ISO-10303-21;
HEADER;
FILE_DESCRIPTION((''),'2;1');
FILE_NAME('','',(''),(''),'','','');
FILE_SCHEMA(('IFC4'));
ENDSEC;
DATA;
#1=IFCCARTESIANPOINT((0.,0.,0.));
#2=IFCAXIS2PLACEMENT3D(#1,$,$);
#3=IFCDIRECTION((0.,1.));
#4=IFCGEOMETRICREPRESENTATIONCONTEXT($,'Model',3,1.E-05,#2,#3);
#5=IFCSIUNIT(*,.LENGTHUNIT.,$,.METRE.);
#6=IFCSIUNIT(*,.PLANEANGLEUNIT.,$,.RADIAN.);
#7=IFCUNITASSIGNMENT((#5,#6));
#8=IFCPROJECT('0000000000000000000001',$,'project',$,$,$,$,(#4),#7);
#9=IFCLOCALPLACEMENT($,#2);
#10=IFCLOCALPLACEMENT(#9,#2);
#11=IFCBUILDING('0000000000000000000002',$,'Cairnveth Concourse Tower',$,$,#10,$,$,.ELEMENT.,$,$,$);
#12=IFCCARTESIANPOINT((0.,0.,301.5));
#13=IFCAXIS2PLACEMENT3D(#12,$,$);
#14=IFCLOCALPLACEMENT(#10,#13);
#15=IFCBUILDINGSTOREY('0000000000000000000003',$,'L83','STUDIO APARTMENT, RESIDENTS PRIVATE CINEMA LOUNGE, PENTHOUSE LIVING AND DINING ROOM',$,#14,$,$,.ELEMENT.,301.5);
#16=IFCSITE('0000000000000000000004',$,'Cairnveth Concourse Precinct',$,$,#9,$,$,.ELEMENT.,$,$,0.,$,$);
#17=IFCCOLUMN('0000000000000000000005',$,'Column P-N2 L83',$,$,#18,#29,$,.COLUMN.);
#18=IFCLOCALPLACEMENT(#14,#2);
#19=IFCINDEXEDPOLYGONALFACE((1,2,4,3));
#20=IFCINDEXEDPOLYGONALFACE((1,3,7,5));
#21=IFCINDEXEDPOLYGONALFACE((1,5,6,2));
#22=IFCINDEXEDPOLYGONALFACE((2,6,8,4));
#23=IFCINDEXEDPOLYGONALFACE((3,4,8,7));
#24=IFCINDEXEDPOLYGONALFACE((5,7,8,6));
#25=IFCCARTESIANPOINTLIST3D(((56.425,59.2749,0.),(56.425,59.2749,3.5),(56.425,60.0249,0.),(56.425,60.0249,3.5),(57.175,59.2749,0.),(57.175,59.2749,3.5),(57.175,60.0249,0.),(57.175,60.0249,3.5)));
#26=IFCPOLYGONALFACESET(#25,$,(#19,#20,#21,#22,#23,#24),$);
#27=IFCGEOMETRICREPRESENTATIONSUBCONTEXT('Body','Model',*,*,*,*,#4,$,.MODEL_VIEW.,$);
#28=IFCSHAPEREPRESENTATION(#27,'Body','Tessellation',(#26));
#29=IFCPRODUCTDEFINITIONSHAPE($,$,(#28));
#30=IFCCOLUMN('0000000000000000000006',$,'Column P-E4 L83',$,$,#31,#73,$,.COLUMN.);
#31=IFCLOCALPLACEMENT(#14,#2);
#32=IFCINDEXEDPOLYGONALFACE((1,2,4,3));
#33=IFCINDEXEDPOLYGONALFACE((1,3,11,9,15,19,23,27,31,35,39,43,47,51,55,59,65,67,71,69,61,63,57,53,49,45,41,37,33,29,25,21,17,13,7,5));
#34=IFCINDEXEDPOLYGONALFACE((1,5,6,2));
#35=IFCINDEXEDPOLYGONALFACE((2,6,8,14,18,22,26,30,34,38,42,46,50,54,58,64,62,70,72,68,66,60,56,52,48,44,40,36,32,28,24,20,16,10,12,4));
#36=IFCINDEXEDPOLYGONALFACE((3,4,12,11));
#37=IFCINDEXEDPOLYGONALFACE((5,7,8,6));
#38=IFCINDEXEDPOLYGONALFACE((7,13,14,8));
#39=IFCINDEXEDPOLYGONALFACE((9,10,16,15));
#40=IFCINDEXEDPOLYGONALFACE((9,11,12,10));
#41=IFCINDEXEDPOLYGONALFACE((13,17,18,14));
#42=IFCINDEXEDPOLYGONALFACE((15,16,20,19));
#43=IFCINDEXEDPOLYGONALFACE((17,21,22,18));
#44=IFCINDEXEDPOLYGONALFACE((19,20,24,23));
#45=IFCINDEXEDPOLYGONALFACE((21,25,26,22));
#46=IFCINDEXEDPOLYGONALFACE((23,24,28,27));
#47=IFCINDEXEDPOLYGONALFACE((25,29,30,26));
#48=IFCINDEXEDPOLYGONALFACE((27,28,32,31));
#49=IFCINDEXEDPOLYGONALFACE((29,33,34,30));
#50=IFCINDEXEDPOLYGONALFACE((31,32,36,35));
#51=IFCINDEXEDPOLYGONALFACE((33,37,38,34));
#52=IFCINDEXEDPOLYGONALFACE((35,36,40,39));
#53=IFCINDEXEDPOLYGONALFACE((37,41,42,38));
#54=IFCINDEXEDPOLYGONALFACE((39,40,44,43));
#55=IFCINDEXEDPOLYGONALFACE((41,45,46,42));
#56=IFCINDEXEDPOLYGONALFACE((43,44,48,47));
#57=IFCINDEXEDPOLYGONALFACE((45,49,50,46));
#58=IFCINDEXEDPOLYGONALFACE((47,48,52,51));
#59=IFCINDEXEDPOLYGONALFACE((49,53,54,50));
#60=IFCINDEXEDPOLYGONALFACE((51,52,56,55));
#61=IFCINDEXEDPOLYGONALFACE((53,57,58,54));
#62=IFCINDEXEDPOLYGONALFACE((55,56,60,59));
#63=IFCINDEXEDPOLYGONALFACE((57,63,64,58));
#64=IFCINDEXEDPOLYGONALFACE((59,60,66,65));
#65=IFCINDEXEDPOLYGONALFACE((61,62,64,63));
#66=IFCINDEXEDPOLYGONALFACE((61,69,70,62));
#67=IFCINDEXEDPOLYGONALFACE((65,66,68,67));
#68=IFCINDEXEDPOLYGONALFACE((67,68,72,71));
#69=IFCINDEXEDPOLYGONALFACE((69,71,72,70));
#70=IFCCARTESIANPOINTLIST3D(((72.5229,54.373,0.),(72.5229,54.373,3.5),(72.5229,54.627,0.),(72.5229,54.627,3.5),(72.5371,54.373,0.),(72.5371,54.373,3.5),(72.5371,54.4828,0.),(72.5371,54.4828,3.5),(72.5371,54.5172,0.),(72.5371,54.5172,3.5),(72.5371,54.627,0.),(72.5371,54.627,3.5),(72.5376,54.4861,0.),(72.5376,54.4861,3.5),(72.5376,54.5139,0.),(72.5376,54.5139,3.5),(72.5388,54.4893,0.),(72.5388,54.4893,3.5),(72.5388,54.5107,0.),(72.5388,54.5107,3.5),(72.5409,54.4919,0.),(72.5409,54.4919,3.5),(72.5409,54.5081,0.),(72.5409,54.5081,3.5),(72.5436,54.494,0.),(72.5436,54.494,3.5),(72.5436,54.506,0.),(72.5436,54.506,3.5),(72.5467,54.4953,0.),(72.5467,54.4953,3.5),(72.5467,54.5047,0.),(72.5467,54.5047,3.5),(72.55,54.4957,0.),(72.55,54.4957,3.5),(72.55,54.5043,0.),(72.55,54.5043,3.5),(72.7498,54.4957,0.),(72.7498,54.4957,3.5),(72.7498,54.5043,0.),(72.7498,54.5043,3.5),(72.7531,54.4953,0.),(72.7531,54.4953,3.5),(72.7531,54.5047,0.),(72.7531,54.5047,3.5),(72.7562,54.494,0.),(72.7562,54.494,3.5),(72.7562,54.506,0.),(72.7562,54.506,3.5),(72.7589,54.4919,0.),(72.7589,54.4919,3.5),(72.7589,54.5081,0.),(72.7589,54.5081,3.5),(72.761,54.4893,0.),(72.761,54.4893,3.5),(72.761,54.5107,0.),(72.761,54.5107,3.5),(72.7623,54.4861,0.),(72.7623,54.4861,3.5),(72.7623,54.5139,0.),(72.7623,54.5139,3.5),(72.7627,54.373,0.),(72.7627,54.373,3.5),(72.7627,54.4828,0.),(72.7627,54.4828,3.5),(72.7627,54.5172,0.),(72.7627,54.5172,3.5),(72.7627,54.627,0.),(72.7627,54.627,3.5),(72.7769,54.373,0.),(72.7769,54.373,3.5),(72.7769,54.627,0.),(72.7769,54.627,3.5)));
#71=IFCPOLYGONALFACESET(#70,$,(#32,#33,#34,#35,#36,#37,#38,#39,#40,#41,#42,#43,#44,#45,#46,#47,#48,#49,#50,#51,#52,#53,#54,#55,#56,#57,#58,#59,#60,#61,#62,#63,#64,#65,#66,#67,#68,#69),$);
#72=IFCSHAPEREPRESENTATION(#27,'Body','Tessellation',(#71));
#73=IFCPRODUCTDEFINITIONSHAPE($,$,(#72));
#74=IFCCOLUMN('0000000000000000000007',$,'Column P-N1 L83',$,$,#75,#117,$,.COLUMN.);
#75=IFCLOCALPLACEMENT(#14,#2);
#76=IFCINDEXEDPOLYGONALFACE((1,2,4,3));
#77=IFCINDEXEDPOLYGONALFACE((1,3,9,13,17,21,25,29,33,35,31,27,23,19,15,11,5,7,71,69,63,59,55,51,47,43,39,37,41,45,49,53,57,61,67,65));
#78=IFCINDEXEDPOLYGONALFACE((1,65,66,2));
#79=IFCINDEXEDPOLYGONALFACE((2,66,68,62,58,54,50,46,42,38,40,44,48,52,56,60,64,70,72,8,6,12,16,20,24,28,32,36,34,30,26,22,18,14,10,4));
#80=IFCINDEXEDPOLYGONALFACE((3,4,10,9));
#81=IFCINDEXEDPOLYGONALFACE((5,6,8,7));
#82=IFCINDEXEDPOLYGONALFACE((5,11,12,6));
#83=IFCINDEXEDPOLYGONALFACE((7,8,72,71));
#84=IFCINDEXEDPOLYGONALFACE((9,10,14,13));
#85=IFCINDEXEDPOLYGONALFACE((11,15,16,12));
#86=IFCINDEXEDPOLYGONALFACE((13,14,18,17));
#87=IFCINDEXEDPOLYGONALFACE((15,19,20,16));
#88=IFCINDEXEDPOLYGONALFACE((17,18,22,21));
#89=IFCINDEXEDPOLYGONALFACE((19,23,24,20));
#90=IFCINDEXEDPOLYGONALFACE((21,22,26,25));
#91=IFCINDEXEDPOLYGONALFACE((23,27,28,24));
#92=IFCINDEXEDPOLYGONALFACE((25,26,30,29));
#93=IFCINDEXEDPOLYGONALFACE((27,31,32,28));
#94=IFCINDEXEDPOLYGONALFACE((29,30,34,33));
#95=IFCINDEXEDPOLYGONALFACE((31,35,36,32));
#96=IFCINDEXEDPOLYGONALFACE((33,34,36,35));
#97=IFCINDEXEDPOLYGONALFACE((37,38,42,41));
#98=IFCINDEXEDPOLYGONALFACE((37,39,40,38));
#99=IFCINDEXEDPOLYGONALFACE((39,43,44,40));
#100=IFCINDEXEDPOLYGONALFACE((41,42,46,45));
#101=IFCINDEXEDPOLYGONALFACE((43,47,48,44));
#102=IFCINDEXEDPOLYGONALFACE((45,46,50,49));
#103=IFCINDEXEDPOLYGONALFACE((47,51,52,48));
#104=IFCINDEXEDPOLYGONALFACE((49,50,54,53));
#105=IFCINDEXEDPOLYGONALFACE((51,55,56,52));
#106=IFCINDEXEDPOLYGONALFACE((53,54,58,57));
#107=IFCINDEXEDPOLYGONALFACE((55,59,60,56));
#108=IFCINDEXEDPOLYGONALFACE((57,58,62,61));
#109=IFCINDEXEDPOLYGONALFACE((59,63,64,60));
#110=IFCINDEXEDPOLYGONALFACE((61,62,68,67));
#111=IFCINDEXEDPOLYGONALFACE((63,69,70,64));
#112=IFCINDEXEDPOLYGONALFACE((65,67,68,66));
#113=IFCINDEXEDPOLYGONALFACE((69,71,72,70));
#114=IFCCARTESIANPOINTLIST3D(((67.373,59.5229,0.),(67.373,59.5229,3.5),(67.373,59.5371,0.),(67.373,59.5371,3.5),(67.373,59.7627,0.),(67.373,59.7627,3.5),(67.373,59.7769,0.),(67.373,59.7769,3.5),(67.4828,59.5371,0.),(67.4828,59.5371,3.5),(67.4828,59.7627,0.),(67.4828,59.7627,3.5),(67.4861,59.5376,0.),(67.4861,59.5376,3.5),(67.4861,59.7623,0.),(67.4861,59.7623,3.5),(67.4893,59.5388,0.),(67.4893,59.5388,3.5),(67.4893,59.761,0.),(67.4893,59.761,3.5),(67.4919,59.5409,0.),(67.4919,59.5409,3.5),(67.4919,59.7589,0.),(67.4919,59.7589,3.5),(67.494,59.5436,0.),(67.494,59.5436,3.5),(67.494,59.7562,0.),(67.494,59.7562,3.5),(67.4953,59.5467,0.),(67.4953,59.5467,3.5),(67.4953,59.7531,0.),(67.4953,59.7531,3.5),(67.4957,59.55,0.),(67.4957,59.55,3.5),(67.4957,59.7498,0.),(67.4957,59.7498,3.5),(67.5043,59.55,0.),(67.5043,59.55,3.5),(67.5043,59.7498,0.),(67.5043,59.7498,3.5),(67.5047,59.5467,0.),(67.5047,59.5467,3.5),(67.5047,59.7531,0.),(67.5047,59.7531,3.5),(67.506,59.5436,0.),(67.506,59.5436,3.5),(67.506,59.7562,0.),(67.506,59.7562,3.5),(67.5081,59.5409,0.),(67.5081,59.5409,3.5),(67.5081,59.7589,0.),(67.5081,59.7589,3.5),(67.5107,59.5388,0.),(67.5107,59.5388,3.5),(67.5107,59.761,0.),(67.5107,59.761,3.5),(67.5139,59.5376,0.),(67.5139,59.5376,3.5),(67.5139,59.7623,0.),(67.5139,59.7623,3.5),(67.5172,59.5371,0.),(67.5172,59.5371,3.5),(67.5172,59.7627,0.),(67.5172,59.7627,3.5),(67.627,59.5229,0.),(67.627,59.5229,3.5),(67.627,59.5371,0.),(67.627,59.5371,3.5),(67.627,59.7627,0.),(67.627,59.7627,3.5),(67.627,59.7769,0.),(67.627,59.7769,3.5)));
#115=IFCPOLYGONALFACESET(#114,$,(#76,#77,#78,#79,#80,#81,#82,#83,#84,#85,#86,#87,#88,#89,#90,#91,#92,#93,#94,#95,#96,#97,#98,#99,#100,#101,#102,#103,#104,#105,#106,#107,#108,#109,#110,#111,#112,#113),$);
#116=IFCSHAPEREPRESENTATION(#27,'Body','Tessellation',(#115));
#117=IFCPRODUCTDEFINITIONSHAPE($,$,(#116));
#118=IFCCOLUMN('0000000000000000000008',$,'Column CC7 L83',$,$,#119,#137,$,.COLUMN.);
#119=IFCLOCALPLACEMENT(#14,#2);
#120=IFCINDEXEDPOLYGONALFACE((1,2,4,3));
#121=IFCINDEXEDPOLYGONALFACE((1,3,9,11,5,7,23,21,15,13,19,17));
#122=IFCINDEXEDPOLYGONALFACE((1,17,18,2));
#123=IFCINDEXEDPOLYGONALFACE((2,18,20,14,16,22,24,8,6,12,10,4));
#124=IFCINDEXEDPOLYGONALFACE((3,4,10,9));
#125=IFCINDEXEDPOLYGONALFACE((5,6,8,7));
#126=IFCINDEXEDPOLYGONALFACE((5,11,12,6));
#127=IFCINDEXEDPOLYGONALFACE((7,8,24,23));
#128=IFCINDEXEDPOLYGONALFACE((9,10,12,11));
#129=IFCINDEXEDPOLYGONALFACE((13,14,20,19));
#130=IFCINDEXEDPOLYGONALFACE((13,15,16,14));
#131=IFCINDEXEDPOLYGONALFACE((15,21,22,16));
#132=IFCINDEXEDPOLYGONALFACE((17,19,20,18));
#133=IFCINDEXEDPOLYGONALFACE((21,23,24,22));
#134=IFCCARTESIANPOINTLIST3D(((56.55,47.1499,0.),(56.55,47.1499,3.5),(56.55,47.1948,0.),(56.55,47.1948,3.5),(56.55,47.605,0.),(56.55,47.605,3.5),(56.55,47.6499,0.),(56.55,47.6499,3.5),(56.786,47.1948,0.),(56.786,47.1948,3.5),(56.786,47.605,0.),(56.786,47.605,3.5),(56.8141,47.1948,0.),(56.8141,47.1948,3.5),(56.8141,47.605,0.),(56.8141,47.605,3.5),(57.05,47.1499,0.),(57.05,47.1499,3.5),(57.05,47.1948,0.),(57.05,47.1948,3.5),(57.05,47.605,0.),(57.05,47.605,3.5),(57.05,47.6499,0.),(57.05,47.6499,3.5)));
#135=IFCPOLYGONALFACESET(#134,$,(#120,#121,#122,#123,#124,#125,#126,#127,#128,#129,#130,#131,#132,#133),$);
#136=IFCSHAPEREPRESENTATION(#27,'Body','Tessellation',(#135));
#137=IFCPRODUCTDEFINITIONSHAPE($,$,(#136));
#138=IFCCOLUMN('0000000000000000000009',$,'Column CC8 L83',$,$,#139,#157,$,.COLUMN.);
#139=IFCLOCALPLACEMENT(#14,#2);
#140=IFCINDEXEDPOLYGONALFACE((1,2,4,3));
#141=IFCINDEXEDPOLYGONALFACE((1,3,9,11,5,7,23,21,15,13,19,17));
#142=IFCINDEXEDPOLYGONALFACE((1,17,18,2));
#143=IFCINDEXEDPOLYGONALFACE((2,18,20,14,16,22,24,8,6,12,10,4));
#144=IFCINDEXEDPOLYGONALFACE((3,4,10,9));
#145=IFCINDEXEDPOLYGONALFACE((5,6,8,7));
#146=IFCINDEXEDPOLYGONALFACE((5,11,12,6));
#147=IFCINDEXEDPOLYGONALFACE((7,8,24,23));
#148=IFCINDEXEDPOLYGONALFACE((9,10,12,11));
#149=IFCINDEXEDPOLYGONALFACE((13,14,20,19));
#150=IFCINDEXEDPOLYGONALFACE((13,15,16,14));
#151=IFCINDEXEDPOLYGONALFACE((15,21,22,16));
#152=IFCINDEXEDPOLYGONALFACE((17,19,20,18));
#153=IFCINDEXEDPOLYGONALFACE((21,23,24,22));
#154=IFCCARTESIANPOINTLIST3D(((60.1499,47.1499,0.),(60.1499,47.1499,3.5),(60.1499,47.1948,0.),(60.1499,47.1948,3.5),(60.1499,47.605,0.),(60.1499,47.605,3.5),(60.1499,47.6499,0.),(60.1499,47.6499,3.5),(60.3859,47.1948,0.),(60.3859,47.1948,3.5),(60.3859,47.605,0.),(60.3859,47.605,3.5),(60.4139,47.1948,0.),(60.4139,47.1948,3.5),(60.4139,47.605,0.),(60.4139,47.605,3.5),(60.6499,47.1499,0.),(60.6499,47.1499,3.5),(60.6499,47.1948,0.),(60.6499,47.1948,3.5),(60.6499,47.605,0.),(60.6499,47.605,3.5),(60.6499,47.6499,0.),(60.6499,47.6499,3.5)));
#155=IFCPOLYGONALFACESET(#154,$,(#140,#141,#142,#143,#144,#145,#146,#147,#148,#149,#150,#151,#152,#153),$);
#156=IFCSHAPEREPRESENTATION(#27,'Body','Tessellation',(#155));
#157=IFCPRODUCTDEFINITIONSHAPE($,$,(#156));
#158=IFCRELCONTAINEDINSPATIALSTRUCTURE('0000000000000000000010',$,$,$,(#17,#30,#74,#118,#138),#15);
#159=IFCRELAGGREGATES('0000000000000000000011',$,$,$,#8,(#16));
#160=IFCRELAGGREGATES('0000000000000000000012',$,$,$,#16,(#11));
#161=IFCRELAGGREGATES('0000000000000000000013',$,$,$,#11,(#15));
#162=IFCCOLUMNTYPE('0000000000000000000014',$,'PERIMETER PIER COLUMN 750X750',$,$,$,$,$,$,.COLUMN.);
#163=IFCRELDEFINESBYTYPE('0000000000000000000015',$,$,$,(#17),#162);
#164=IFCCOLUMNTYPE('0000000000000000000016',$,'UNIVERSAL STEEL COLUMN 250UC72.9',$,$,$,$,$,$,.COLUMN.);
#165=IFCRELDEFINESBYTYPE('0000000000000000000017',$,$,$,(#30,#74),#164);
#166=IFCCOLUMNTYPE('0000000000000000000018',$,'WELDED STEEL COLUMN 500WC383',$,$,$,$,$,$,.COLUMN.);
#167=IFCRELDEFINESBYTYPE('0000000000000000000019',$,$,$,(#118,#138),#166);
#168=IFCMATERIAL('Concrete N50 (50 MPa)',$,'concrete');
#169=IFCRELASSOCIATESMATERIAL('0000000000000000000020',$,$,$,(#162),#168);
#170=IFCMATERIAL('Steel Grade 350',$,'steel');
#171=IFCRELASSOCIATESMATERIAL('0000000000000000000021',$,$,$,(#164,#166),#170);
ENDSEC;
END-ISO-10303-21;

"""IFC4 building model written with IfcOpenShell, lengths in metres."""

from ifc_helpers import new_model, si_unit, direction, frame, origin, origin_2d, place, context, subcontext, project, spatial, rectangle, i_section, extrude, material, material_profile, profile_set, type_object, element, save


model = new_model("IFC4")

# Units and contexts
model_context = context("Model", 3, precision=1e-05, world=origin(), true_north=direction((0.0, 1.0)))
body_context = subcontext(model_context, "Body", "Model", "MODEL_VIEW")
ifc_project = project(units=[si_unit("LENGTHUNIT", "METRE"), si_unit("PLANEANGLEUNIT", "RADIAN")], contexts=[model_context])

# Site, building, storey
site_placement = place(None, origin())
site = spatial("IfcSite", under=ifc_project, at=site_placement, Name="Cairnveth Concourse Precinct", CompositionType="ELEMENT", RefElevation=0.0)
building_placement = place(site_placement, origin())
building = spatial("IfcBuilding", under=site, at=building_placement, Name="Cairnveth Concourse Tower", CompositionType="ELEMENT")
storey_placement = place(building_placement, frame((0.0, 0.0, 301.5)))
storey = spatial("IfcBuildingStorey", under=building, at=storey_placement, Name="L83", Description="STUDIO APARTMENT, RESIDENTS PRIVATE CINEMA LOUNGE, PENTHOUSE LIVING AND DINING ROOM", CompositionType="ELEMENT", Elevation=301.5)

# Columns
ifc_material_1 = material(Name="Concrete N50 (50 MPa)", Category="concrete")
ifc_material_profile_1 = material_profile(ifc_material_1, rectangle(XDim=0.75, YDim=0.75, at=origin_2d()), Name="RC-COL-750x750")
ifc_profile_set_1 = profile_set([ifc_material_profile_1], Name="Concrete N50 (50 MPa)")
column_type_1 = type_object("IfcColumnType", Name="PERIMETER PIER COLUMN 750X750", PredefinedType="COLUMN", material=ifc_profile_set_1)
column_placement = place(storey_placement, frame((56.8, 59.6499, 0.0), z_axis=(0.0, 0.0, 1.0), x_axis=(1.0, 0.0, 0.0)))
element("IfcColumn", 1, at=column_placement, inside=storey, type_object=column_type_1, Name="Column P-N2 L83", PredefinedType="COLUMN", context=body_context, shape_type="SweptSolid", body=[
    extrude(rectangle(XDim=0.75, YDim=0.75, at=origin_2d()), origin(), (0.0, 0.0, 1.0), 3.5),
])
ifc_material_2 = material(Name="Steel Grade 350", Category="steel")
ifc_material_profile_2 = material_profile(ifc_material_2, i_section(OverallWidth=0.2539, OverallDepth=0.2539, WebThickness=0.0085, FlangeThickness=0.0142, FilletRadius=0.0129, at=origin_2d()), Name="250UC72.9")
ifc_profile_set_2 = profile_set([ifc_material_profile_2], Name="Steel Grade 350")
column_type_2 = type_object("IfcColumnType", Name="UNIVERSAL STEEL COLUMN 250UC72.9", PredefinedType="COLUMN", material=ifc_profile_set_2)
for number, where, z_axis, x_axis, name in (
    (2, (72.6499, 54.5, 0.0), (0.0, 0.0, 1.0), (0.0, 1.0, 0.0), "Column P-E4 L83"),
    (3, (67.5, 59.6499, 0.0), (0.0, 0.0, 1.0), (1.0, 0.0, 0.0), "Column P-N1 L83"),
):
    element("IfcColumn", number, at=place(storey_placement, frame(where, z_axis=z_axis, x_axis=x_axis)), inside=storey, type_object=column_type_2, Name=name, PredefinedType="COLUMN", context=body_context, shape_type="SweptSolid", body=[
        extrude(i_section(OverallWidth=0.2539, OverallDepth=0.2539, WebThickness=0.0085, FlangeThickness=0.0142, FilletRadius=0.0129, at=origin_2d()), origin(), (0.0, 0.0, 1.0), 3.5),
    ])
ifc_material_profile_3 = material_profile(ifc_material_2, i_section(OverallWidth=0.5, OverallDepth=0.5, WebThickness=0.0281, FlangeThickness=0.0449, at=origin_2d()), Name="500WC383")
ifc_profile_set_3 = profile_set([ifc_material_profile_3], Name="Steel Grade 350")
column_type_3 = type_object("IfcColumnType", Name="WELDED STEEL COLUMN 500WC383", PredefinedType="COLUMN", material=ifc_profile_set_3)
for number, where, z_axis, x_axis, name in (
    (4, (56.8, 47.3999, 0.0), (0.0, 0.0, 1.0), (1.0, 0.0, 0.0), "Column CC7 L83"),
    (5, (60.3999, 47.3999, 0.0), (0.0, 0.0, 1.0), (1.0, 0.0, 0.0), "Column CC8 L83"),
):
    element("IfcColumn", number, at=place(storey_placement, frame(where, z_axis=z_axis, x_axis=x_axis)), inside=storey, type_object=column_type_3, Name=name, PredefinedType="COLUMN", context=body_context, shape_type="SweptSolid", body=[
        extrude(i_section(OverallWidth=0.5, OverallDepth=0.5, WebThickness=0.0281, FlangeThickness=0.0449, at=origin_2d()), origin(), (0.0, 0.0, 1.0), 3.5),
    ])

save(model, "model.ifc")
